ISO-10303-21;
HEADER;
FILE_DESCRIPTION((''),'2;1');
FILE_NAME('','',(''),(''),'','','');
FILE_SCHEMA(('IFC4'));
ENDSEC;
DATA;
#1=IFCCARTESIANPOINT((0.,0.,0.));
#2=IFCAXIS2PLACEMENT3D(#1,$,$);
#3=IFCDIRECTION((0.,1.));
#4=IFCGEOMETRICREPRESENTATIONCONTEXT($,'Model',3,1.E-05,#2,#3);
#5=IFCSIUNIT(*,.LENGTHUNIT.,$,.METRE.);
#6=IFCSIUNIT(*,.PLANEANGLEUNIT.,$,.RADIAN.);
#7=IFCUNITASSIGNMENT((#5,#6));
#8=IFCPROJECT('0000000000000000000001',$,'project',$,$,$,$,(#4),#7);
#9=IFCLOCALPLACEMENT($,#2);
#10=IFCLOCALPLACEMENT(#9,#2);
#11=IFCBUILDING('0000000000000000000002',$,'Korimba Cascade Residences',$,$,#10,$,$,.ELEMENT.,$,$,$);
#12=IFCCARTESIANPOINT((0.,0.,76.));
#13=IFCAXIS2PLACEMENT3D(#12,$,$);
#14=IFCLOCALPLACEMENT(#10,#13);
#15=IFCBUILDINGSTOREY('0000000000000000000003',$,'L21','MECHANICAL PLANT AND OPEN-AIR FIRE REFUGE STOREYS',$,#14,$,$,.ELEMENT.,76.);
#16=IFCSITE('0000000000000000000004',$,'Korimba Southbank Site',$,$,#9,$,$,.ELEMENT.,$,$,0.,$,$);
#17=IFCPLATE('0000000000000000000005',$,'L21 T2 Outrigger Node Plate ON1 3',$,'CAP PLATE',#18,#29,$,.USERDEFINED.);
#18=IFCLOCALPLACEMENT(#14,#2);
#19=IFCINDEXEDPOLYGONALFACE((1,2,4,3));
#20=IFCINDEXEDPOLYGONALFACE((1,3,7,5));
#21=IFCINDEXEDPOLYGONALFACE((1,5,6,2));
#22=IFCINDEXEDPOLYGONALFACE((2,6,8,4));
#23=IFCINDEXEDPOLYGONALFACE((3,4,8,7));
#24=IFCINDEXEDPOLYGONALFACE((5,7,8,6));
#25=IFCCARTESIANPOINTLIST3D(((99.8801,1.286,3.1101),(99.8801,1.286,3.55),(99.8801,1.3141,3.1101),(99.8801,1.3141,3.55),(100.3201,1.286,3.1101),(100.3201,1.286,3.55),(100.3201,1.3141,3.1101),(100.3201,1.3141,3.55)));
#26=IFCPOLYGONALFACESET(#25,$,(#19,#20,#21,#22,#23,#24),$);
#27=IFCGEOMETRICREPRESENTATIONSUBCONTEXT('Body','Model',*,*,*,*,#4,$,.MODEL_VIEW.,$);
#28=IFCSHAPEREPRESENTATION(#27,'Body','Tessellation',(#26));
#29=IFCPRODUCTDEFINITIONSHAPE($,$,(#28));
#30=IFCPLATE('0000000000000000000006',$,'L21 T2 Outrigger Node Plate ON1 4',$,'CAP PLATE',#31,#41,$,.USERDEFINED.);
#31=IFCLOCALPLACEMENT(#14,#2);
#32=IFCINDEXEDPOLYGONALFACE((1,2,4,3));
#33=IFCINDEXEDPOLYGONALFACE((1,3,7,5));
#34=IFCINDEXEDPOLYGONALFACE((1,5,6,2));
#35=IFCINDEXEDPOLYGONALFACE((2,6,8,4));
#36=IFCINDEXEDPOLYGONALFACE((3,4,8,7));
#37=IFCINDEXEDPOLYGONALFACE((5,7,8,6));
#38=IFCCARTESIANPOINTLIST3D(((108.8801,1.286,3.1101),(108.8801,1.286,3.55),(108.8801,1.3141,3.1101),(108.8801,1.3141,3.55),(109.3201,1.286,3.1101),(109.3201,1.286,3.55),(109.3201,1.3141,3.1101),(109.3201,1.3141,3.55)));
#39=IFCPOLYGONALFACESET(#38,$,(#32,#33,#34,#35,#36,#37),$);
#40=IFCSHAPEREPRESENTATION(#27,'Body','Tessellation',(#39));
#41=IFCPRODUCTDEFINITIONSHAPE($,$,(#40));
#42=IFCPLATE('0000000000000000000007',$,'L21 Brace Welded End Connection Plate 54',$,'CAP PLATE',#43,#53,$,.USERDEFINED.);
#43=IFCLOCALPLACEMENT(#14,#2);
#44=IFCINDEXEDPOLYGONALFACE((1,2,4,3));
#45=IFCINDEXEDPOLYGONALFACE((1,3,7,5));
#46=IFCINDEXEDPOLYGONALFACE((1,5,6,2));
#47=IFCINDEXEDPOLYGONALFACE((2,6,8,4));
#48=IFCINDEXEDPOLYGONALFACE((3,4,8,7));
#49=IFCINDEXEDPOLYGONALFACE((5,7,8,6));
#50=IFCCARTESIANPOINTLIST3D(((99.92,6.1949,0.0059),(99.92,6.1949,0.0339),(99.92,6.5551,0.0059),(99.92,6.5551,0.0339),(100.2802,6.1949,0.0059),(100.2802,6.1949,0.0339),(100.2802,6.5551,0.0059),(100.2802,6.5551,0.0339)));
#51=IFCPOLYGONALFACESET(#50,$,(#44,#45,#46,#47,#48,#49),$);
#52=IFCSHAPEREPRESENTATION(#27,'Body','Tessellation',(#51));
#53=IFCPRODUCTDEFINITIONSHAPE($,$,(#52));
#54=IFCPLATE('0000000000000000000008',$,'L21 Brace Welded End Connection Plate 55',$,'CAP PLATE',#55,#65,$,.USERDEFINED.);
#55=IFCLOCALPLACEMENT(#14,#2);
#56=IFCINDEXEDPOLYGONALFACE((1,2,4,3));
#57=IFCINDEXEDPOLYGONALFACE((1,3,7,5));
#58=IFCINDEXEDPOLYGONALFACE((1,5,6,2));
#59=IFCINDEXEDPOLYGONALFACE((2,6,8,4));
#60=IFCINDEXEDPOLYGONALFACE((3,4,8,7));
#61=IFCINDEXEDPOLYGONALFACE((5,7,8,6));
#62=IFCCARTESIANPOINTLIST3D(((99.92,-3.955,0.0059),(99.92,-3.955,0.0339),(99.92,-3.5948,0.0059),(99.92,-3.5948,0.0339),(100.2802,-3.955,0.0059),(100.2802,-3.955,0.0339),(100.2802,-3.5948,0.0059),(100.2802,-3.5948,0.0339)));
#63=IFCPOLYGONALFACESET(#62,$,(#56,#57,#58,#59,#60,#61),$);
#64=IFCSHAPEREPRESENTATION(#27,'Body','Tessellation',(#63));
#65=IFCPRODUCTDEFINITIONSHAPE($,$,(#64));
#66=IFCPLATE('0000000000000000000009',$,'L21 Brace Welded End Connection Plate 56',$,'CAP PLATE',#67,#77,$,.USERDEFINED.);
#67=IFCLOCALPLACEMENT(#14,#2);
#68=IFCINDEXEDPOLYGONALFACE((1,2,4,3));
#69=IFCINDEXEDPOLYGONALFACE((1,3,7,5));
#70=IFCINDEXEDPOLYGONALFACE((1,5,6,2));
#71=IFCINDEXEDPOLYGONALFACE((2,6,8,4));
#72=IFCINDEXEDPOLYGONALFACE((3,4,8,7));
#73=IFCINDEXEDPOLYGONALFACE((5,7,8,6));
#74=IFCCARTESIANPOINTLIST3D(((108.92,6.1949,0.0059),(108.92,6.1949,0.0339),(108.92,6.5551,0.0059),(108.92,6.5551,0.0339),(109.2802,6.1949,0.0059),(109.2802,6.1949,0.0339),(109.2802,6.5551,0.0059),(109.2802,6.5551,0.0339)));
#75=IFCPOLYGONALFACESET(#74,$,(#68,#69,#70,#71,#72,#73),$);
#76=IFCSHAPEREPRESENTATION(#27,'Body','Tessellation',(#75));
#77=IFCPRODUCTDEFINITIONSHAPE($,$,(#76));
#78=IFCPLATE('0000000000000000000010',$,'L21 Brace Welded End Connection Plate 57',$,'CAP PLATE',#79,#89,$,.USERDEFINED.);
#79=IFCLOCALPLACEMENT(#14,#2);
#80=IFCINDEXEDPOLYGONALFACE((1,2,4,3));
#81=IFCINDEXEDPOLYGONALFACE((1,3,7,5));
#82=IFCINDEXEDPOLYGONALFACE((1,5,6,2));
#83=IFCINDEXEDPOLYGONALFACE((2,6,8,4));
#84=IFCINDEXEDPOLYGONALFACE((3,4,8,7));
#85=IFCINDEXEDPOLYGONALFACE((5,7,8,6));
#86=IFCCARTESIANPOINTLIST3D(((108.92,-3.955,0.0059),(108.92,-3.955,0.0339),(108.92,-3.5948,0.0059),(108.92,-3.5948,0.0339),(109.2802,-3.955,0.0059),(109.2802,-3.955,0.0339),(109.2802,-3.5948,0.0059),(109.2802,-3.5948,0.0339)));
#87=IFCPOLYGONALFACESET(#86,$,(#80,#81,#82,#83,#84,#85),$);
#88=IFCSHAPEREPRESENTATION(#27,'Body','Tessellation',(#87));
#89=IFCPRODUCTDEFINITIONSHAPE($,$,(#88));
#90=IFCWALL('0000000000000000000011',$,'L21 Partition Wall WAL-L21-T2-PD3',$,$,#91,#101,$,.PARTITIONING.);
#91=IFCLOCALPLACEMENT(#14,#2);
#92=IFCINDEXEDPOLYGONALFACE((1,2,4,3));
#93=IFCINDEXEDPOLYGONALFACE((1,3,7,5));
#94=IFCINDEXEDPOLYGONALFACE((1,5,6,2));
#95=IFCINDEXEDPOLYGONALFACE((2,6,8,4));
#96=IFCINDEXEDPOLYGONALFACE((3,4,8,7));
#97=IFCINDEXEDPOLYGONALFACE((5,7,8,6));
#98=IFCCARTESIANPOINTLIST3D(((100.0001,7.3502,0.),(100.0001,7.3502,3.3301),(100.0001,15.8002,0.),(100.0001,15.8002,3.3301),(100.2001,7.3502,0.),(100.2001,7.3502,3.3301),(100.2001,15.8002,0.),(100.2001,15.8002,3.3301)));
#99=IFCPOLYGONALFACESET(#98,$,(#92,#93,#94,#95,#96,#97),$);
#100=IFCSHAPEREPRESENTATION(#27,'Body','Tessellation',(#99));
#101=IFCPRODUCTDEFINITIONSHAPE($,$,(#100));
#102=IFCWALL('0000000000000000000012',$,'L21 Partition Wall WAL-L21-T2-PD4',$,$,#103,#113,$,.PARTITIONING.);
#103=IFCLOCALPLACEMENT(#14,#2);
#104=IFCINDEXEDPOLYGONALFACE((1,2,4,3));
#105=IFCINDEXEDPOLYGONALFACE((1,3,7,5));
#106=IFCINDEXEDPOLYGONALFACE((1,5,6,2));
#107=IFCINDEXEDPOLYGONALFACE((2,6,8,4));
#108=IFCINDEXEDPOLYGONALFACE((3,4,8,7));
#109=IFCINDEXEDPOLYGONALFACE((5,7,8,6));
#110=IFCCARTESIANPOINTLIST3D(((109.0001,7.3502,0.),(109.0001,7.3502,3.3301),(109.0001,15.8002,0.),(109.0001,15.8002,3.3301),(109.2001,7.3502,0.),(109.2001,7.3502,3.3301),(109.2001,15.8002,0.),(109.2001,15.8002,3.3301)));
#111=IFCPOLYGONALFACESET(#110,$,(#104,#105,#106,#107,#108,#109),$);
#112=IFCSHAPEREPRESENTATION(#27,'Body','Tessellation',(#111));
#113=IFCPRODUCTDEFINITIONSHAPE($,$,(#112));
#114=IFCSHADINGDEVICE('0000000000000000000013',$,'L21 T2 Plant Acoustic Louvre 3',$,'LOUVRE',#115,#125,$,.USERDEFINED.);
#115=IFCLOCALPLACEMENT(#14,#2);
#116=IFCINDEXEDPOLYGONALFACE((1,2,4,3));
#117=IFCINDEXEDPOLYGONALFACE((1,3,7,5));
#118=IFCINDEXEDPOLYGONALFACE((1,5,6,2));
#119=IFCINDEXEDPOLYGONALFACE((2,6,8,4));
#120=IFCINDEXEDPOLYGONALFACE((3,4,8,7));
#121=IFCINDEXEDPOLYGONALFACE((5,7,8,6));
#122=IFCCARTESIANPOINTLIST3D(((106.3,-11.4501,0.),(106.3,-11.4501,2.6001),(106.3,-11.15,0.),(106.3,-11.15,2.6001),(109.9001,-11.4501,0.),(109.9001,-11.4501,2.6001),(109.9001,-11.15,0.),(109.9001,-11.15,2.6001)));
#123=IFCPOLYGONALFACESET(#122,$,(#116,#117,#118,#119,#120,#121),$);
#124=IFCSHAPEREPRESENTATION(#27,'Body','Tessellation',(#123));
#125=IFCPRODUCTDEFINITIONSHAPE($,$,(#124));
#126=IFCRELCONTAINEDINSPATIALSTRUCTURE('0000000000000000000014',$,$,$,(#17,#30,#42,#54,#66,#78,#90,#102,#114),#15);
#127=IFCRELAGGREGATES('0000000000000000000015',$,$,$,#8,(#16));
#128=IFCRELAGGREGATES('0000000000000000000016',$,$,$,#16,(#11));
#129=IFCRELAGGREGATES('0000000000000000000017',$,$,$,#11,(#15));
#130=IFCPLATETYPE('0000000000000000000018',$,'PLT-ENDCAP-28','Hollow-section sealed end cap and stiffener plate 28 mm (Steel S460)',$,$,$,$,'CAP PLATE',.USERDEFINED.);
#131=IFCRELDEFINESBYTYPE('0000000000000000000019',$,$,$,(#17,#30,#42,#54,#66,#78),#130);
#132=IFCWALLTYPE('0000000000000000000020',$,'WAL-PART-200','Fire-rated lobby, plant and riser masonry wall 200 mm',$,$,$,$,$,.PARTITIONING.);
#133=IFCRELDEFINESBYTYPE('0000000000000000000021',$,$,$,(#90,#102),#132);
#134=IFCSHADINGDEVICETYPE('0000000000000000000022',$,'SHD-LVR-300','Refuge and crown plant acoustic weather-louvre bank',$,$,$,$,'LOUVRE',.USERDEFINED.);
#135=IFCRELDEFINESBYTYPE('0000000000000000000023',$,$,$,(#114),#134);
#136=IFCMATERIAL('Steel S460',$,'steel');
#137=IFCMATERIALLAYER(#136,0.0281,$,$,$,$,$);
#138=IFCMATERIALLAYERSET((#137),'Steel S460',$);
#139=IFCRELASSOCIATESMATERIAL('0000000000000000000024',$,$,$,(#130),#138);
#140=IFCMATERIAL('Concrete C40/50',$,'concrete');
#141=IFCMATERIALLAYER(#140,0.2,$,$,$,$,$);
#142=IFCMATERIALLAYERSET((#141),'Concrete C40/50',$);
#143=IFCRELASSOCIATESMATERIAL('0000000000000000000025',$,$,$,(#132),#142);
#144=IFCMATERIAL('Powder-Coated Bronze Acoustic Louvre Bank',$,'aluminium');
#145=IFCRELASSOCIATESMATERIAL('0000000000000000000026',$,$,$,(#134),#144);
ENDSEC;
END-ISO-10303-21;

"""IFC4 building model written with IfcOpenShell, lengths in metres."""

from ifc_helpers import new_model, si_unit, direction, frame, frame_2d, origin, origin_2d, place, context, subcontext, project, spatial, rectangle, extrude, material, layer, layer_set, type_object, element, save


model = new_model("IFC4")

# Units and contexts
model_context = context("Model", 3, precision=1e-05, world=origin(), true_north=direction((0.0, 1.0)))
body_context = subcontext(model_context, "Body", "Model", "MODEL_VIEW")
ifc_project = project(units=[si_unit("LENGTHUNIT", "METRE"), si_unit("PLANEANGLEUNIT", "RADIAN")], contexts=[model_context])

# Site, building, storey
site_placement = place(None, origin())
site = spatial("IfcSite", under=ifc_project, at=site_placement, Name="Korimba Southbank Site", CompositionType="ELEMENT", RefElevation=0.0)
building_placement = place(site_placement, origin())
building = spatial("IfcBuilding", under=site, at=building_placement, Name="Korimba Cascade Residences", CompositionType="ELEMENT")
storey_placement = place(building_placement, frame((0.0, 0.0, 76.0)))
storey = spatial("IfcBuildingStorey", under=building, at=storey_placement, Name="L21", Description="MECHANICAL PLANT AND OPEN-AIR FIRE REFUGE STOREYS", CompositionType="ELEMENT", Elevation=76.0)

# Shared definitions
ifc_material_1 = material(Name="Steel S460", Category="steel")

# Plates
ifc_layer_1 = layer(ifc_material_1, 0.0281)
ifc_layer_set_1 = layer_set([ifc_layer_1], Name="Steel S460")
plate_type = type_object("IfcPlateType", Name="PLT-ENDCAP-28", Description="Hollow-section sealed end cap and stiffener plate 28 mm (Steel S460)", ElementType="CAP PLATE", PredefinedType="USERDEFINED", material=ifc_layer_set_1)
for number, where, z_axis, x_axis, name in (
    (1, (100.1001, 1.3, 3.1101), (0.0, 0.0, 1.0), (1.0, 0.0, 0.0), "L21 T2 Outrigger Node Plate ON1 3"),
    (2, (109.1001, 1.3, 3.1101), (0.0, 0.0, 1.0), (1.0, 0.0, 0.0), "L21 T2 Outrigger Node Plate ON1 4"),
):
    element("IfcPlate", number, at=place(storey_placement, frame(where, z_axis=z_axis, x_axis=x_axis)), inside=storey, type_object=plate_type, Name=name, ObjectType="CAP PLATE", PredefinedType="USERDEFINED", context=body_context, shape_type="SweptSolid", body=[
        extrude(rectangle(XDim=0.4399, YDim=0.0281, at=origin_2d()), origin(), (0.0, 0.0, 1.0), 0.4399),
    ])
for number, where, z_axis, x_axis, name in (
    (3, (100.1001, 6.375, 0.0059), (0.0, 0.0, 1.0), (1.0, 0.0, 0.0), "L21 Brace Welded End Connection Plate 54"),
    (4, (100.1001, -3.7749, 0.0059), (0.0, 0.0, 1.0), (1.0, 0.0, 0.0), "L21 Brace Welded End Connection Plate 55"),
    (5, (109.1001, 6.375, 0.0059), (0.0, 0.0, 1.0), (1.0, 0.0, 0.0), "L21 Brace Welded End Connection Plate 56"),
    (6, (109.1001, -3.7749, 0.0059), (0.0, 0.0, 1.0), (1.0, 0.0, 0.0), "L21 Brace Welded End Connection Plate 57"),
):
    element("IfcPlate", number, at=place(storey_placement, frame(where, z_axis=z_axis, x_axis=x_axis)), inside=storey, type_object=plate_type, Name=name, ObjectType="CAP PLATE", PredefinedType="USERDEFINED", context=body_context, shape_type="SweptSolid", body=[
        extrude(rectangle(XDim=0.3601, YDim=0.3601, at=origin_2d()), origin(), (0.0, 0.0, 1.0), 0.0281),
    ])

# Walls
ifc_material_2 = material(Name="Concrete C40/50", Category="concrete")
ifc_layer_2 = layer(ifc_material_2, 0.2)
ifc_layer_set_2 = layer_set([ifc_layer_2], Name="Concrete C40/50")
wall_type = type_object("IfcWallType", Name="WAL-PART-200", Description="Fire-rated lobby, plant and riser masonry wall 200 mm", PredefinedType="PARTITIONING", material=ifc_layer_set_2)
for number, where, z_axis, x_axis, name in (
    (7, (100.1001, 7.3501, 0.0), (0.0, 0.0, 1.0), (0.0, 1.0, 0.0), "L21 Partition Wall WAL-L21-T2-PD3"),
    (8, (109.1001, 7.3501, 0.0), (0.0, 0.0, 1.0), (0.0, 1.0, 0.0), "L21 Partition Wall WAL-L21-T2-PD4"),
):
    element("IfcWall", number, at=place(storey_placement, frame(where, z_axis=z_axis, x_axis=x_axis)), inside=storey, type_object=wall_type, Name=name, PredefinedType="PARTITIONING", context=body_context, shape_type="SweptSolid", body=[
        extrude(rectangle(XDim=8.45, YDim=0.2, at=frame_2d((4.2251, 0.0))), origin(), (0.0, 0.0, 1.0), 3.3301),
    ])

# Shading device
ifc_material_3 = material(Name="Powder-Coated Bronze Acoustic Louvre Bank", Category="aluminium")
shading_device_type = type_object("IfcShadingDeviceType", Name="SHD-LVR-300", Description="Refuge and crown plant acoustic weather-louvre bank", ElementType="LOUVRE", PredefinedType="USERDEFINED", material=ifc_material_3)
shading_device_placement = place(storey_placement, frame((108.1001, -11.3, 0.0), z_axis=(0.0, 0.0, 1.0), x_axis=(1.0, 0.0, 0.0)))
element("IfcShadingDevice", 9, at=shading_device_placement, inside=storey, type_object=shading_device_type, Name="L21 T2 Plant Acoustic Louvre 3", ObjectType="LOUVRE", PredefinedType="USERDEFINED", context=body_context, shape_type="SweptSolid", body=[
    extrude(rectangle(XDim=3.6001, YDim=0.3, at=origin_2d()), origin(), (0.0, 0.0, 1.0), 2.6001),
])

save(model, "model.ifc")
